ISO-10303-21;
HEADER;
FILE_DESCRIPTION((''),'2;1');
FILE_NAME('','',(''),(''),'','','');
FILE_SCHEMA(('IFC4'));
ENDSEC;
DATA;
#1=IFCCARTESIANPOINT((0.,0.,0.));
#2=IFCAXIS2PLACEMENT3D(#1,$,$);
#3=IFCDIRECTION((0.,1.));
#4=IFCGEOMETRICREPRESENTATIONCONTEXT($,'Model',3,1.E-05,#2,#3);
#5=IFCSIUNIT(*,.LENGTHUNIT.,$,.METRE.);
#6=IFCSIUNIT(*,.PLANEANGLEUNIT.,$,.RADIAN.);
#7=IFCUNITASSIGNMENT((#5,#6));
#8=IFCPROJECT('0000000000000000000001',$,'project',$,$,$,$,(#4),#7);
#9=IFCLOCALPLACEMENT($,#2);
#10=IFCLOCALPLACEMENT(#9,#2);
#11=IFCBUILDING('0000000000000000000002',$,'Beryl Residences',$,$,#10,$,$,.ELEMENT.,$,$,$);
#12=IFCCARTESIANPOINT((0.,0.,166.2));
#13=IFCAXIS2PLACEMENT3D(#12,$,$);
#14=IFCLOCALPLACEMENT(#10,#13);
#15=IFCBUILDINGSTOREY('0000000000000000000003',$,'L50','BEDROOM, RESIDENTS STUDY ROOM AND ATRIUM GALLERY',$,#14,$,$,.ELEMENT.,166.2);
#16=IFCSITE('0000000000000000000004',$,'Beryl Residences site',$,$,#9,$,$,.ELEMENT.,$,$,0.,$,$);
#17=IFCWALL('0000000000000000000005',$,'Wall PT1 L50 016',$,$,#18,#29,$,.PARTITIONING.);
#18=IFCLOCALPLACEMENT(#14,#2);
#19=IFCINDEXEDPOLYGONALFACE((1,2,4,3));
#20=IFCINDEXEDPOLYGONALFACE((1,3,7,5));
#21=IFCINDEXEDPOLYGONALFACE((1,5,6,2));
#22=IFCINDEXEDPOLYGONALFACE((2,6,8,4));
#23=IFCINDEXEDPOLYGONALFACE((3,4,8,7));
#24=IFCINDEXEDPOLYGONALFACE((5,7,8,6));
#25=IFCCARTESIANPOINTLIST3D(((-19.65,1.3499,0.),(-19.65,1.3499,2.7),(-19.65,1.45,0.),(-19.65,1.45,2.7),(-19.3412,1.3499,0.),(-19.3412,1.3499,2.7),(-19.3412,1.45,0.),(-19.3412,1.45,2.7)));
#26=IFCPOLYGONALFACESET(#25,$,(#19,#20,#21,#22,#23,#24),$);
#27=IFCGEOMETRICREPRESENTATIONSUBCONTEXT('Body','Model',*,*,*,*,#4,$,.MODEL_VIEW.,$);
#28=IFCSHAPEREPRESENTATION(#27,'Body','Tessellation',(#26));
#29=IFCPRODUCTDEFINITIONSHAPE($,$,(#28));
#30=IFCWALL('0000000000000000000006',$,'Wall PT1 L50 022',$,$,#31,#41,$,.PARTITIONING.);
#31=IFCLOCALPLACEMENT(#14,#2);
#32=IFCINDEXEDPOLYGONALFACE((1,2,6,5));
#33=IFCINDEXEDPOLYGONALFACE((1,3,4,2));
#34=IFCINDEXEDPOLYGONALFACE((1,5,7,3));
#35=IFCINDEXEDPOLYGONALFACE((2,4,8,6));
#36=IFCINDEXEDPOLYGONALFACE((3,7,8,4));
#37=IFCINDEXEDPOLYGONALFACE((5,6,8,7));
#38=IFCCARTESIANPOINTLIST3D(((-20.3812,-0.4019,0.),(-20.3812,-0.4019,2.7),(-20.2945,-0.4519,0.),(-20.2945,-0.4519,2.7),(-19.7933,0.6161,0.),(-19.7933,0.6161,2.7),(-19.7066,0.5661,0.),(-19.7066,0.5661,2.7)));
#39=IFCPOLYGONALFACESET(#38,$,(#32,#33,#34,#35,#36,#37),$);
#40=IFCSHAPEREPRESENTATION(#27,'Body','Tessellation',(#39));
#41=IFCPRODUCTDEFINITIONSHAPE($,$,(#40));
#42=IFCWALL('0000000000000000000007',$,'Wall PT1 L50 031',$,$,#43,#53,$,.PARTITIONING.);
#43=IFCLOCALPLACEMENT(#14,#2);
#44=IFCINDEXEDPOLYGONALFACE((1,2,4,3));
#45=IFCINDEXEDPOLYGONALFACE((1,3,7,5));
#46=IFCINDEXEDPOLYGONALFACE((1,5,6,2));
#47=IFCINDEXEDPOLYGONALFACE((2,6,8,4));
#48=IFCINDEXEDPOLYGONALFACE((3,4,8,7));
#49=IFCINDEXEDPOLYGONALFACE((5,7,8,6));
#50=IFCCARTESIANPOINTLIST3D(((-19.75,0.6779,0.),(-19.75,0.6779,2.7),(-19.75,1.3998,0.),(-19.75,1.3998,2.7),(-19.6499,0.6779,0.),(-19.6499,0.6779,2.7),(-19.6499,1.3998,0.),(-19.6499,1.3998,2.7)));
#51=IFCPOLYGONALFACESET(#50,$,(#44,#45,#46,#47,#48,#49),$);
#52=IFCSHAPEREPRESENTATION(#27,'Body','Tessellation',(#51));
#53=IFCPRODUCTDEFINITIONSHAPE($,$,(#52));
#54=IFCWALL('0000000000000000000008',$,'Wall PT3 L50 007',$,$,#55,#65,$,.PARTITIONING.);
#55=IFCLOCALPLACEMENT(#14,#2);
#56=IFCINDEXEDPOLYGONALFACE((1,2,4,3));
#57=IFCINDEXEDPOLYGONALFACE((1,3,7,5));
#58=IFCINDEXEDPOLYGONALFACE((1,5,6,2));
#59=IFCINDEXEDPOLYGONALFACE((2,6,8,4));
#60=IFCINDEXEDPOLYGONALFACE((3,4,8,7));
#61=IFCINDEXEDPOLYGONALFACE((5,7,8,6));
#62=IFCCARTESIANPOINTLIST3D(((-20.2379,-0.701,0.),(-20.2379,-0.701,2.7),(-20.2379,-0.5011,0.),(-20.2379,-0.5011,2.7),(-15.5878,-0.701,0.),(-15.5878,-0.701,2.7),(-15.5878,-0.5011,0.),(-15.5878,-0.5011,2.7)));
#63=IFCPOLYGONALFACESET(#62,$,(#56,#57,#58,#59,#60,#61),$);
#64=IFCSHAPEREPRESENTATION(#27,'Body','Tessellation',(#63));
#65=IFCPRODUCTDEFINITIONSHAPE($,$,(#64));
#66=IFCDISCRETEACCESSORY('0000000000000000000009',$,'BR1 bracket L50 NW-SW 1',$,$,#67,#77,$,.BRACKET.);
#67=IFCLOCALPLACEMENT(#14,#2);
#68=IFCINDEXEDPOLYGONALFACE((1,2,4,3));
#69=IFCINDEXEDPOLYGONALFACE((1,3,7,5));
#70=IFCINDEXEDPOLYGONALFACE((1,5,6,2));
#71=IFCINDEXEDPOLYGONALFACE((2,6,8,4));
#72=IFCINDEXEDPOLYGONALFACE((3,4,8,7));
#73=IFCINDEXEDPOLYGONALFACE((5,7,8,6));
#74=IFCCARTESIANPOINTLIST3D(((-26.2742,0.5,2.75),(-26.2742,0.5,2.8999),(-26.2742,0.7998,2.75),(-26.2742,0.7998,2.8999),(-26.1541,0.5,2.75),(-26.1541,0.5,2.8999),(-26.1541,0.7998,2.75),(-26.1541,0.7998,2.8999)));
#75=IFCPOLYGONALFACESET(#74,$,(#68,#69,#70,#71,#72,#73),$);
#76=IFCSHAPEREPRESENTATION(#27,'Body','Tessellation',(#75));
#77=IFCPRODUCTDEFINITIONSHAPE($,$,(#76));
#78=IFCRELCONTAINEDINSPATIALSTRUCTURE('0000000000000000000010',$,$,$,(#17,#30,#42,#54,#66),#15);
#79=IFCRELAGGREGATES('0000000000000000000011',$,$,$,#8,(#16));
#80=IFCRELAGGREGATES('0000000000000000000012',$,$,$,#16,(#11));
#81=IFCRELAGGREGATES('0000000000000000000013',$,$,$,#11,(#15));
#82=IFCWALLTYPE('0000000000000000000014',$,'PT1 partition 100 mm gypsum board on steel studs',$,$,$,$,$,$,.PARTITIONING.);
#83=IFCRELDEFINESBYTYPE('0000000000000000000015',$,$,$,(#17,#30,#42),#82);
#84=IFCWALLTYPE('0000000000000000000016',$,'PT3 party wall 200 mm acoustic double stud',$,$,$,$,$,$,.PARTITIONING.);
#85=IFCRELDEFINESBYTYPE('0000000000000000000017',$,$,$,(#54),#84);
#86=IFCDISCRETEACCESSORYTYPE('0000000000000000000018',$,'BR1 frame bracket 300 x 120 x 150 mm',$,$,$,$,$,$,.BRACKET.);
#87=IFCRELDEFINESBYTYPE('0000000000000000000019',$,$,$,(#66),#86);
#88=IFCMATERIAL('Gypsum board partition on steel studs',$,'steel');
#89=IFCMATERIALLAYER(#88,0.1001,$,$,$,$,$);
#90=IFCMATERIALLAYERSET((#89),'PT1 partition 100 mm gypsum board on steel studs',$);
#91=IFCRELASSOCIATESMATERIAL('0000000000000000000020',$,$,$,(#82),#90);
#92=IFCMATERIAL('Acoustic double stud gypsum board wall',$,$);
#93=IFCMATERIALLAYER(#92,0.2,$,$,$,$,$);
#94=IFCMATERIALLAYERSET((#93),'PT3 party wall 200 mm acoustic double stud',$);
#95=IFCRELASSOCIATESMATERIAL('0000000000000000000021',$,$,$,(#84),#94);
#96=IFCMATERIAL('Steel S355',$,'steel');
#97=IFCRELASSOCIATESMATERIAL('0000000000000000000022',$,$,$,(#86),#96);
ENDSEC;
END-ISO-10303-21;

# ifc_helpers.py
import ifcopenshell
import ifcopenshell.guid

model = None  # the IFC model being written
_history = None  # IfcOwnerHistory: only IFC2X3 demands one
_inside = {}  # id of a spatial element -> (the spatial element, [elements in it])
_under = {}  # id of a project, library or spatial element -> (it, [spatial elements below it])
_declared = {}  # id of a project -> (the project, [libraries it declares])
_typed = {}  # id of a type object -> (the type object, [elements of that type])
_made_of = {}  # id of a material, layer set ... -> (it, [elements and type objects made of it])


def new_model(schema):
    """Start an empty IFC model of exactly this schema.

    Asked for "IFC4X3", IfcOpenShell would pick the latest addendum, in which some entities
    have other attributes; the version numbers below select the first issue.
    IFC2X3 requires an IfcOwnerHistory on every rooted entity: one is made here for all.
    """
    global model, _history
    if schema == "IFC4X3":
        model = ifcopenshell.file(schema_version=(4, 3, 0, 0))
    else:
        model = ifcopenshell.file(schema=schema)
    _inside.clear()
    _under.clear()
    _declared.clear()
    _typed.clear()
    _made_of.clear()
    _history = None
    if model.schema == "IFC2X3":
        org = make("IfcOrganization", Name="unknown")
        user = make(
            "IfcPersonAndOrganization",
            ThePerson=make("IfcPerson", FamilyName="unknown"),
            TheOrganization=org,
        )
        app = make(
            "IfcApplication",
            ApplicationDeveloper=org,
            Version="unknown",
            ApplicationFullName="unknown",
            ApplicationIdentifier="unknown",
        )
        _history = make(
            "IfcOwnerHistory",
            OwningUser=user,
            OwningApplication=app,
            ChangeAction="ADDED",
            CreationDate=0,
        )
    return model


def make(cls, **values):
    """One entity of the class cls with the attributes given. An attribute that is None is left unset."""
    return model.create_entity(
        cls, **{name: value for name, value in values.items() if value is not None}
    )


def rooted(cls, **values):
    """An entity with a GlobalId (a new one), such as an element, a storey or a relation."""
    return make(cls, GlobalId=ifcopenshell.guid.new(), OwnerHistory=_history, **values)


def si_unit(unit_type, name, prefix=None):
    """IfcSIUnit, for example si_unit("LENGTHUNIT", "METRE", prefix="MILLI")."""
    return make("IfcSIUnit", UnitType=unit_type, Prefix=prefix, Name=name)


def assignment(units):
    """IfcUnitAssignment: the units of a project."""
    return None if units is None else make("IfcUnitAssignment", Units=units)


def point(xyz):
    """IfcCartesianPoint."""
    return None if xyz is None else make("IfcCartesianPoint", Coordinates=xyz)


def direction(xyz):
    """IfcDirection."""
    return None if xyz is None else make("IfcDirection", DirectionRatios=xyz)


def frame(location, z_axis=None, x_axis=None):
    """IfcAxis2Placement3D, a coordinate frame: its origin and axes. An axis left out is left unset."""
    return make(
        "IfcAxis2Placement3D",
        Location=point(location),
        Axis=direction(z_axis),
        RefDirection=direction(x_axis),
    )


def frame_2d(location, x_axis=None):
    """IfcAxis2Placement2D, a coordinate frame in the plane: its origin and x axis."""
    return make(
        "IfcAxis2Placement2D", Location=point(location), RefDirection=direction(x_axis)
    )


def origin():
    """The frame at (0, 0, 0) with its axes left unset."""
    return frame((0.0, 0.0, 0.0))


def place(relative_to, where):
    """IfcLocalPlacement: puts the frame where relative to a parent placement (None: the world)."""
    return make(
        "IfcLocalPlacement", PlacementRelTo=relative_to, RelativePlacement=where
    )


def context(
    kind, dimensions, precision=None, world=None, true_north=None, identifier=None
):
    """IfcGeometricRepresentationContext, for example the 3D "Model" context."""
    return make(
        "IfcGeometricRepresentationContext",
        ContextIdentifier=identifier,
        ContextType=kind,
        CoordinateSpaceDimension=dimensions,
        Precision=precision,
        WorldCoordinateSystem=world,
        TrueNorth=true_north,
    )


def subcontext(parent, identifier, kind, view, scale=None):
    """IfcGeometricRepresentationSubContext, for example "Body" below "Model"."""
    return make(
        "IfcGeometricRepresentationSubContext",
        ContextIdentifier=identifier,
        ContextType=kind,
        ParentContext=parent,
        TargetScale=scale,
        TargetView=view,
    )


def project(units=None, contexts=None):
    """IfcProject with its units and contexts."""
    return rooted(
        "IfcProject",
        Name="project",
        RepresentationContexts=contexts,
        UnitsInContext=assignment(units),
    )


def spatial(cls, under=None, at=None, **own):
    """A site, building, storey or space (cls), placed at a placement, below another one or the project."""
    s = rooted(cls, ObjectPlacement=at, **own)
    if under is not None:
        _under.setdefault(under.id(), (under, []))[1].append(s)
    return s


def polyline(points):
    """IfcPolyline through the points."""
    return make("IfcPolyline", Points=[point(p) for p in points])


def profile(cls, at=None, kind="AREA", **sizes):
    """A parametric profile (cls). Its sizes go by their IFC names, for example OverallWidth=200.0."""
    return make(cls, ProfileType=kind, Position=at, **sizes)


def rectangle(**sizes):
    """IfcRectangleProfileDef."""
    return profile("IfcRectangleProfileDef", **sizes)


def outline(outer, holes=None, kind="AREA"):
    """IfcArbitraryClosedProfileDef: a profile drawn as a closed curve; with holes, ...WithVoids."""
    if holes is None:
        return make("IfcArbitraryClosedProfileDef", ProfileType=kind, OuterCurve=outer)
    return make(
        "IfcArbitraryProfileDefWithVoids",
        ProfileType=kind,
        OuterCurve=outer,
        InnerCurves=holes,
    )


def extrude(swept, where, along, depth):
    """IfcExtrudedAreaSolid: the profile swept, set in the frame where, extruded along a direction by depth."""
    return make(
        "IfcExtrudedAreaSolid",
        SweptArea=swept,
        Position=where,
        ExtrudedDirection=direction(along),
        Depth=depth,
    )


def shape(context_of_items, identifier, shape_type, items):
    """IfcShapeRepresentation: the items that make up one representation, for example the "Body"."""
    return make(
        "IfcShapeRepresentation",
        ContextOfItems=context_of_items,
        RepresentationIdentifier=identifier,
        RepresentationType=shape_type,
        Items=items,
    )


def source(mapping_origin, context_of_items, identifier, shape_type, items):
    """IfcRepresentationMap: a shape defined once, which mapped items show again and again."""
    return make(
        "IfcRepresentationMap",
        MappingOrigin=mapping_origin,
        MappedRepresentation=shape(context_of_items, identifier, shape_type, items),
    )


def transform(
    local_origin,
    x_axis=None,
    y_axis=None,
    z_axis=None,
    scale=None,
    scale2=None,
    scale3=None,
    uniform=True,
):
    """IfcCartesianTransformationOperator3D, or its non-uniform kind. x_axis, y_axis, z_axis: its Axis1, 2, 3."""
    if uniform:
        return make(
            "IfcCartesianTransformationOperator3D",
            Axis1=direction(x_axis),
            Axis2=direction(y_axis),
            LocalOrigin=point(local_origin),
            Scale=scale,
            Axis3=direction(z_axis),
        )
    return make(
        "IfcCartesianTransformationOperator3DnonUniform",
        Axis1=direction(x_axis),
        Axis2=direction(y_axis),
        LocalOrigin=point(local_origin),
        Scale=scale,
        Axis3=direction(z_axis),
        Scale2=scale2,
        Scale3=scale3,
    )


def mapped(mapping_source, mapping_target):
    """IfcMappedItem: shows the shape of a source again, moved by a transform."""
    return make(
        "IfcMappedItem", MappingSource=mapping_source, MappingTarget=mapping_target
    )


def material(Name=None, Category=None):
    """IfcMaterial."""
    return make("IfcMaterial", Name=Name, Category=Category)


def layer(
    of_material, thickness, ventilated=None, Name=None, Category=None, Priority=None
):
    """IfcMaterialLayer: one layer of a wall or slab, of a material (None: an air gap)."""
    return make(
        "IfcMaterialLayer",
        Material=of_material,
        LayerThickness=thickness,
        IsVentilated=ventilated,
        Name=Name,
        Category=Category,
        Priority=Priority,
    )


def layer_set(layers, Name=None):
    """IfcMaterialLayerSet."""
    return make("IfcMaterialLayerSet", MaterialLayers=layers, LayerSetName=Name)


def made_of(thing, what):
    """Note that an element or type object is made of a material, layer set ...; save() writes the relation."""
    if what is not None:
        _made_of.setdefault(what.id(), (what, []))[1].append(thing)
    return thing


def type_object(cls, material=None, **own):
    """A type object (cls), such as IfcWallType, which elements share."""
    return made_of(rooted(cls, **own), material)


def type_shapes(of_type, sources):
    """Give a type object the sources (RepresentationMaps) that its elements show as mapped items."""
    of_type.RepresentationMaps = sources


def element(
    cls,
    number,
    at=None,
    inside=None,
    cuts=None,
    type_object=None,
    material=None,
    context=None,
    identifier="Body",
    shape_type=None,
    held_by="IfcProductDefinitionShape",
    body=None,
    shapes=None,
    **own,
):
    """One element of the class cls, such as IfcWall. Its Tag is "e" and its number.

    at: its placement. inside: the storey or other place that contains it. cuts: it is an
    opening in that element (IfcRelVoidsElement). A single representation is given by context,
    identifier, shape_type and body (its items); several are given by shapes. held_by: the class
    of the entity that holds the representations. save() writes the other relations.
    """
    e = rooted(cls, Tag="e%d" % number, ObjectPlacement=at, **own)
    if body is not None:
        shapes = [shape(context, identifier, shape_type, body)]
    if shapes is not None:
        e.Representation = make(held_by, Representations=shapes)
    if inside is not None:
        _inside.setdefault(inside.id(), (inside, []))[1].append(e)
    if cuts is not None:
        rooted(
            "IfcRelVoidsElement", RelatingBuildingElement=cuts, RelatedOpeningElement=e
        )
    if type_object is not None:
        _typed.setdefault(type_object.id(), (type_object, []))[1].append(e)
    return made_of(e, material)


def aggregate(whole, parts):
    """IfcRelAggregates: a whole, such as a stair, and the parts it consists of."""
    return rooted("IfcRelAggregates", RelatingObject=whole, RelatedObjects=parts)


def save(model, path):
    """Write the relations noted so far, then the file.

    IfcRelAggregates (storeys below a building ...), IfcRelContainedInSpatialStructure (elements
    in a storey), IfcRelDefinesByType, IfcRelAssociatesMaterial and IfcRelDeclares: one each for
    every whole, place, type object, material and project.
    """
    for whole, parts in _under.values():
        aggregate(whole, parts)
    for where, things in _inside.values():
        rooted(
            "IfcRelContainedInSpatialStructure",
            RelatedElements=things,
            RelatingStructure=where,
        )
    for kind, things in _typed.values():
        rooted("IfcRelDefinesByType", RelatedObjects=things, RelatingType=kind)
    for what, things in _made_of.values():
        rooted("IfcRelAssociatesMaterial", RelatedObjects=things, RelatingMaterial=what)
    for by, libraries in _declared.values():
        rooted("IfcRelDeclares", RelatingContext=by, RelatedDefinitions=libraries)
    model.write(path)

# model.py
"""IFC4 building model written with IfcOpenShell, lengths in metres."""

from ifc_helpers import new_model, si_unit, direction, frame, frame_2d, origin, place, context, subcontext, project, spatial, polyline, rectangle, outline, extrude, source, transform, mapped, material, layer, layer_set, type_object, type_shapes, element, save


model = new_model("IFC4")

# Units and contexts
model_context = context("Model", 3, precision=1e-05, world=origin(), true_north=direction((0.0, 1.0)))
body_context = subcontext(model_context, "Body", "Model", "MODEL_VIEW")
ifc_project = project(units=[si_unit("LENGTHUNIT", "METRE"), si_unit("PLANEANGLEUNIT", "RADIAN")], contexts=[model_context])

# Site, building, storey
site_placement = place(None, origin())
site = spatial("IfcSite", under=ifc_project, at=site_placement, Name="Beryl Residences site", CompositionType="ELEMENT", RefElevation=0.0)
building_placement = place(site_placement, origin())
building = spatial("IfcBuilding", under=site, at=building_placement, Name="Beryl Residences", CompositionType="ELEMENT")
storey_placement = place(building_placement, frame((0.0, 0.0, 166.2)))
storey = spatial("IfcBuildingStorey", under=building, at=storey_placement, Name="L50", Description="BEDROOM, RESIDENTS STUDY ROOM AND ATRIUM GALLERY", CompositionType="ELEMENT", Elevation=166.2)

# Walls
ifc_material_1 = material(Name="Gypsum board partition on steel studs", Category="steel")
ifc_layer_1 = layer(ifc_material_1, 0.1001)
ifc_layer_set_1 = layer_set([ifc_layer_1], Name="PT1 partition 100 mm gypsum board on steel studs")
wall_type_1 = type_object("IfcWallType", Name="PT1 partition 100 mm gypsum board on steel studs", PredefinedType="PARTITIONING", material=ifc_layer_set_1)
wall_1_placement = place(storey_placement, frame((-19.6499, 1.3999, 0.0), z_axis=(0.0, 0.0, 1.0), x_axis=(1.0, 0.0, 0.0)))
element("IfcWall", 1, at=wall_1_placement, inside=storey, type_object=wall_type_1, Name="Wall PT1 L50 016", PredefinedType="PARTITIONING", context=body_context, shape_type="SweptSolid", body=[
    extrude(rectangle(XDim=0.3088, YDim=0.1001, at=frame_2d((0.1543, 0.0))), origin(), (0.0, 0.0, 1.0), 2.7),
])
wall_2_placement = place(storey_placement, frame((-20.3379, -0.427, 0.0), z_axis=(0.0, 0.0, 1.0), x_axis=(0.50007, 0.865985, 0.0)))
element("IfcWall", 2, at=wall_2_placement, inside=storey, type_object=wall_type_1, Name="Wall PT1 L50 022", PredefinedType="PARTITIONING", context=body_context, shape_type="SweptSolid", body=[
    extrude(rectangle(XDim=1.1755, YDim=0.1001, at=frame_2d((0.5879, 0.0))), origin(), (0.0, 0.0, 1.0), 2.7),
])
wall_3_placement = place(storey_placement, frame((-19.7, 0.678, 0.0), z_axis=(0.0, 0.0, 1.0), x_axis=(0.0, 1.0, 0.0)))
element("IfcWall", 3, at=wall_3_placement, inside=storey, type_object=wall_type_1, Name="Wall PT1 L50 031", PredefinedType="PARTITIONING", context=body_context, shape_type="SweptSolid", body=[
    extrude(rectangle(XDim=0.7219, YDim=0.1001, at=frame_2d((0.3608, 0.0))), origin(), (0.0, 0.0, 1.0), 2.7),
])
ifc_material_2 = material(Name="Acoustic double stud gypsum board wall")
ifc_layer_2 = layer(ifc_material_2, 0.2)
ifc_layer_set_2 = layer_set([ifc_layer_2], Name="PT3 party wall 200 mm acoustic double stud")
wall_type_2 = type_object("IfcWallType", Name="PT3 party wall 200 mm acoustic double stud", PredefinedType="PARTITIONING", material=ifc_layer_set_2)
wall_4_placement = place(storey_placement, frame((-20.238, -0.6011, 0.0), z_axis=(0.0, 0.0, 1.0), x_axis=(1.0, 0.0, 0.0)))
element("IfcWall", 4, at=wall_4_placement, inside=storey, type_object=wall_type_2, Name="Wall PT3 L50 007", PredefinedType="PARTITIONING", context=body_context, shape_type="SweptSolid", body=[
    extrude(rectangle(XDim=4.6501, YDim=0.2, at=frame_2d((2.3252, 0.0))), origin(), (0.0, 0.0, 1.0), 2.7),
])

# Discrete accessory
ifc_material_3 = material(Name="Steel S355", Category="steel")
discrete_accessory_type = type_object("IfcDiscreteAccessoryType", Name="BR1 frame bracket 300 x 120 x 150 mm", PredefinedType="BRACKET", material=ifc_material_3)
shared_shape_1 = source(origin(), body_context, "Body", "SweptSolid", [
    extrude(outline(polyline([(-0.1499, 0.0), (0.1499, 0.0), (0.1499, 0.1201), (-0.1499, 0.1201), (-0.1499, 0.0)])), origin(), (0.0, 0.0, 1.0), 0.1499),
])
type_shapes(discrete_accessory_type, [shared_shape_1])
discrete_accessory_placement = place(storey_placement, frame((-26.1541, 0.6499, 2.75), z_axis=(0.0, 0.0, 1.0), x_axis=(0.0, 1.0, 0.0)))
element("IfcDiscreteAccessory", 5, at=discrete_accessory_placement, inside=storey, type_object=discrete_accessory_type, Name="BR1 bracket L50 NW-SW 1", PredefinedType="BRACKET", context=body_context, shape_type="MappedRepresentation", body=[
    mapped(shared_shape_1, transform((0.0, 0.0, 0.0))),
])

save(model, "model.ifc")
